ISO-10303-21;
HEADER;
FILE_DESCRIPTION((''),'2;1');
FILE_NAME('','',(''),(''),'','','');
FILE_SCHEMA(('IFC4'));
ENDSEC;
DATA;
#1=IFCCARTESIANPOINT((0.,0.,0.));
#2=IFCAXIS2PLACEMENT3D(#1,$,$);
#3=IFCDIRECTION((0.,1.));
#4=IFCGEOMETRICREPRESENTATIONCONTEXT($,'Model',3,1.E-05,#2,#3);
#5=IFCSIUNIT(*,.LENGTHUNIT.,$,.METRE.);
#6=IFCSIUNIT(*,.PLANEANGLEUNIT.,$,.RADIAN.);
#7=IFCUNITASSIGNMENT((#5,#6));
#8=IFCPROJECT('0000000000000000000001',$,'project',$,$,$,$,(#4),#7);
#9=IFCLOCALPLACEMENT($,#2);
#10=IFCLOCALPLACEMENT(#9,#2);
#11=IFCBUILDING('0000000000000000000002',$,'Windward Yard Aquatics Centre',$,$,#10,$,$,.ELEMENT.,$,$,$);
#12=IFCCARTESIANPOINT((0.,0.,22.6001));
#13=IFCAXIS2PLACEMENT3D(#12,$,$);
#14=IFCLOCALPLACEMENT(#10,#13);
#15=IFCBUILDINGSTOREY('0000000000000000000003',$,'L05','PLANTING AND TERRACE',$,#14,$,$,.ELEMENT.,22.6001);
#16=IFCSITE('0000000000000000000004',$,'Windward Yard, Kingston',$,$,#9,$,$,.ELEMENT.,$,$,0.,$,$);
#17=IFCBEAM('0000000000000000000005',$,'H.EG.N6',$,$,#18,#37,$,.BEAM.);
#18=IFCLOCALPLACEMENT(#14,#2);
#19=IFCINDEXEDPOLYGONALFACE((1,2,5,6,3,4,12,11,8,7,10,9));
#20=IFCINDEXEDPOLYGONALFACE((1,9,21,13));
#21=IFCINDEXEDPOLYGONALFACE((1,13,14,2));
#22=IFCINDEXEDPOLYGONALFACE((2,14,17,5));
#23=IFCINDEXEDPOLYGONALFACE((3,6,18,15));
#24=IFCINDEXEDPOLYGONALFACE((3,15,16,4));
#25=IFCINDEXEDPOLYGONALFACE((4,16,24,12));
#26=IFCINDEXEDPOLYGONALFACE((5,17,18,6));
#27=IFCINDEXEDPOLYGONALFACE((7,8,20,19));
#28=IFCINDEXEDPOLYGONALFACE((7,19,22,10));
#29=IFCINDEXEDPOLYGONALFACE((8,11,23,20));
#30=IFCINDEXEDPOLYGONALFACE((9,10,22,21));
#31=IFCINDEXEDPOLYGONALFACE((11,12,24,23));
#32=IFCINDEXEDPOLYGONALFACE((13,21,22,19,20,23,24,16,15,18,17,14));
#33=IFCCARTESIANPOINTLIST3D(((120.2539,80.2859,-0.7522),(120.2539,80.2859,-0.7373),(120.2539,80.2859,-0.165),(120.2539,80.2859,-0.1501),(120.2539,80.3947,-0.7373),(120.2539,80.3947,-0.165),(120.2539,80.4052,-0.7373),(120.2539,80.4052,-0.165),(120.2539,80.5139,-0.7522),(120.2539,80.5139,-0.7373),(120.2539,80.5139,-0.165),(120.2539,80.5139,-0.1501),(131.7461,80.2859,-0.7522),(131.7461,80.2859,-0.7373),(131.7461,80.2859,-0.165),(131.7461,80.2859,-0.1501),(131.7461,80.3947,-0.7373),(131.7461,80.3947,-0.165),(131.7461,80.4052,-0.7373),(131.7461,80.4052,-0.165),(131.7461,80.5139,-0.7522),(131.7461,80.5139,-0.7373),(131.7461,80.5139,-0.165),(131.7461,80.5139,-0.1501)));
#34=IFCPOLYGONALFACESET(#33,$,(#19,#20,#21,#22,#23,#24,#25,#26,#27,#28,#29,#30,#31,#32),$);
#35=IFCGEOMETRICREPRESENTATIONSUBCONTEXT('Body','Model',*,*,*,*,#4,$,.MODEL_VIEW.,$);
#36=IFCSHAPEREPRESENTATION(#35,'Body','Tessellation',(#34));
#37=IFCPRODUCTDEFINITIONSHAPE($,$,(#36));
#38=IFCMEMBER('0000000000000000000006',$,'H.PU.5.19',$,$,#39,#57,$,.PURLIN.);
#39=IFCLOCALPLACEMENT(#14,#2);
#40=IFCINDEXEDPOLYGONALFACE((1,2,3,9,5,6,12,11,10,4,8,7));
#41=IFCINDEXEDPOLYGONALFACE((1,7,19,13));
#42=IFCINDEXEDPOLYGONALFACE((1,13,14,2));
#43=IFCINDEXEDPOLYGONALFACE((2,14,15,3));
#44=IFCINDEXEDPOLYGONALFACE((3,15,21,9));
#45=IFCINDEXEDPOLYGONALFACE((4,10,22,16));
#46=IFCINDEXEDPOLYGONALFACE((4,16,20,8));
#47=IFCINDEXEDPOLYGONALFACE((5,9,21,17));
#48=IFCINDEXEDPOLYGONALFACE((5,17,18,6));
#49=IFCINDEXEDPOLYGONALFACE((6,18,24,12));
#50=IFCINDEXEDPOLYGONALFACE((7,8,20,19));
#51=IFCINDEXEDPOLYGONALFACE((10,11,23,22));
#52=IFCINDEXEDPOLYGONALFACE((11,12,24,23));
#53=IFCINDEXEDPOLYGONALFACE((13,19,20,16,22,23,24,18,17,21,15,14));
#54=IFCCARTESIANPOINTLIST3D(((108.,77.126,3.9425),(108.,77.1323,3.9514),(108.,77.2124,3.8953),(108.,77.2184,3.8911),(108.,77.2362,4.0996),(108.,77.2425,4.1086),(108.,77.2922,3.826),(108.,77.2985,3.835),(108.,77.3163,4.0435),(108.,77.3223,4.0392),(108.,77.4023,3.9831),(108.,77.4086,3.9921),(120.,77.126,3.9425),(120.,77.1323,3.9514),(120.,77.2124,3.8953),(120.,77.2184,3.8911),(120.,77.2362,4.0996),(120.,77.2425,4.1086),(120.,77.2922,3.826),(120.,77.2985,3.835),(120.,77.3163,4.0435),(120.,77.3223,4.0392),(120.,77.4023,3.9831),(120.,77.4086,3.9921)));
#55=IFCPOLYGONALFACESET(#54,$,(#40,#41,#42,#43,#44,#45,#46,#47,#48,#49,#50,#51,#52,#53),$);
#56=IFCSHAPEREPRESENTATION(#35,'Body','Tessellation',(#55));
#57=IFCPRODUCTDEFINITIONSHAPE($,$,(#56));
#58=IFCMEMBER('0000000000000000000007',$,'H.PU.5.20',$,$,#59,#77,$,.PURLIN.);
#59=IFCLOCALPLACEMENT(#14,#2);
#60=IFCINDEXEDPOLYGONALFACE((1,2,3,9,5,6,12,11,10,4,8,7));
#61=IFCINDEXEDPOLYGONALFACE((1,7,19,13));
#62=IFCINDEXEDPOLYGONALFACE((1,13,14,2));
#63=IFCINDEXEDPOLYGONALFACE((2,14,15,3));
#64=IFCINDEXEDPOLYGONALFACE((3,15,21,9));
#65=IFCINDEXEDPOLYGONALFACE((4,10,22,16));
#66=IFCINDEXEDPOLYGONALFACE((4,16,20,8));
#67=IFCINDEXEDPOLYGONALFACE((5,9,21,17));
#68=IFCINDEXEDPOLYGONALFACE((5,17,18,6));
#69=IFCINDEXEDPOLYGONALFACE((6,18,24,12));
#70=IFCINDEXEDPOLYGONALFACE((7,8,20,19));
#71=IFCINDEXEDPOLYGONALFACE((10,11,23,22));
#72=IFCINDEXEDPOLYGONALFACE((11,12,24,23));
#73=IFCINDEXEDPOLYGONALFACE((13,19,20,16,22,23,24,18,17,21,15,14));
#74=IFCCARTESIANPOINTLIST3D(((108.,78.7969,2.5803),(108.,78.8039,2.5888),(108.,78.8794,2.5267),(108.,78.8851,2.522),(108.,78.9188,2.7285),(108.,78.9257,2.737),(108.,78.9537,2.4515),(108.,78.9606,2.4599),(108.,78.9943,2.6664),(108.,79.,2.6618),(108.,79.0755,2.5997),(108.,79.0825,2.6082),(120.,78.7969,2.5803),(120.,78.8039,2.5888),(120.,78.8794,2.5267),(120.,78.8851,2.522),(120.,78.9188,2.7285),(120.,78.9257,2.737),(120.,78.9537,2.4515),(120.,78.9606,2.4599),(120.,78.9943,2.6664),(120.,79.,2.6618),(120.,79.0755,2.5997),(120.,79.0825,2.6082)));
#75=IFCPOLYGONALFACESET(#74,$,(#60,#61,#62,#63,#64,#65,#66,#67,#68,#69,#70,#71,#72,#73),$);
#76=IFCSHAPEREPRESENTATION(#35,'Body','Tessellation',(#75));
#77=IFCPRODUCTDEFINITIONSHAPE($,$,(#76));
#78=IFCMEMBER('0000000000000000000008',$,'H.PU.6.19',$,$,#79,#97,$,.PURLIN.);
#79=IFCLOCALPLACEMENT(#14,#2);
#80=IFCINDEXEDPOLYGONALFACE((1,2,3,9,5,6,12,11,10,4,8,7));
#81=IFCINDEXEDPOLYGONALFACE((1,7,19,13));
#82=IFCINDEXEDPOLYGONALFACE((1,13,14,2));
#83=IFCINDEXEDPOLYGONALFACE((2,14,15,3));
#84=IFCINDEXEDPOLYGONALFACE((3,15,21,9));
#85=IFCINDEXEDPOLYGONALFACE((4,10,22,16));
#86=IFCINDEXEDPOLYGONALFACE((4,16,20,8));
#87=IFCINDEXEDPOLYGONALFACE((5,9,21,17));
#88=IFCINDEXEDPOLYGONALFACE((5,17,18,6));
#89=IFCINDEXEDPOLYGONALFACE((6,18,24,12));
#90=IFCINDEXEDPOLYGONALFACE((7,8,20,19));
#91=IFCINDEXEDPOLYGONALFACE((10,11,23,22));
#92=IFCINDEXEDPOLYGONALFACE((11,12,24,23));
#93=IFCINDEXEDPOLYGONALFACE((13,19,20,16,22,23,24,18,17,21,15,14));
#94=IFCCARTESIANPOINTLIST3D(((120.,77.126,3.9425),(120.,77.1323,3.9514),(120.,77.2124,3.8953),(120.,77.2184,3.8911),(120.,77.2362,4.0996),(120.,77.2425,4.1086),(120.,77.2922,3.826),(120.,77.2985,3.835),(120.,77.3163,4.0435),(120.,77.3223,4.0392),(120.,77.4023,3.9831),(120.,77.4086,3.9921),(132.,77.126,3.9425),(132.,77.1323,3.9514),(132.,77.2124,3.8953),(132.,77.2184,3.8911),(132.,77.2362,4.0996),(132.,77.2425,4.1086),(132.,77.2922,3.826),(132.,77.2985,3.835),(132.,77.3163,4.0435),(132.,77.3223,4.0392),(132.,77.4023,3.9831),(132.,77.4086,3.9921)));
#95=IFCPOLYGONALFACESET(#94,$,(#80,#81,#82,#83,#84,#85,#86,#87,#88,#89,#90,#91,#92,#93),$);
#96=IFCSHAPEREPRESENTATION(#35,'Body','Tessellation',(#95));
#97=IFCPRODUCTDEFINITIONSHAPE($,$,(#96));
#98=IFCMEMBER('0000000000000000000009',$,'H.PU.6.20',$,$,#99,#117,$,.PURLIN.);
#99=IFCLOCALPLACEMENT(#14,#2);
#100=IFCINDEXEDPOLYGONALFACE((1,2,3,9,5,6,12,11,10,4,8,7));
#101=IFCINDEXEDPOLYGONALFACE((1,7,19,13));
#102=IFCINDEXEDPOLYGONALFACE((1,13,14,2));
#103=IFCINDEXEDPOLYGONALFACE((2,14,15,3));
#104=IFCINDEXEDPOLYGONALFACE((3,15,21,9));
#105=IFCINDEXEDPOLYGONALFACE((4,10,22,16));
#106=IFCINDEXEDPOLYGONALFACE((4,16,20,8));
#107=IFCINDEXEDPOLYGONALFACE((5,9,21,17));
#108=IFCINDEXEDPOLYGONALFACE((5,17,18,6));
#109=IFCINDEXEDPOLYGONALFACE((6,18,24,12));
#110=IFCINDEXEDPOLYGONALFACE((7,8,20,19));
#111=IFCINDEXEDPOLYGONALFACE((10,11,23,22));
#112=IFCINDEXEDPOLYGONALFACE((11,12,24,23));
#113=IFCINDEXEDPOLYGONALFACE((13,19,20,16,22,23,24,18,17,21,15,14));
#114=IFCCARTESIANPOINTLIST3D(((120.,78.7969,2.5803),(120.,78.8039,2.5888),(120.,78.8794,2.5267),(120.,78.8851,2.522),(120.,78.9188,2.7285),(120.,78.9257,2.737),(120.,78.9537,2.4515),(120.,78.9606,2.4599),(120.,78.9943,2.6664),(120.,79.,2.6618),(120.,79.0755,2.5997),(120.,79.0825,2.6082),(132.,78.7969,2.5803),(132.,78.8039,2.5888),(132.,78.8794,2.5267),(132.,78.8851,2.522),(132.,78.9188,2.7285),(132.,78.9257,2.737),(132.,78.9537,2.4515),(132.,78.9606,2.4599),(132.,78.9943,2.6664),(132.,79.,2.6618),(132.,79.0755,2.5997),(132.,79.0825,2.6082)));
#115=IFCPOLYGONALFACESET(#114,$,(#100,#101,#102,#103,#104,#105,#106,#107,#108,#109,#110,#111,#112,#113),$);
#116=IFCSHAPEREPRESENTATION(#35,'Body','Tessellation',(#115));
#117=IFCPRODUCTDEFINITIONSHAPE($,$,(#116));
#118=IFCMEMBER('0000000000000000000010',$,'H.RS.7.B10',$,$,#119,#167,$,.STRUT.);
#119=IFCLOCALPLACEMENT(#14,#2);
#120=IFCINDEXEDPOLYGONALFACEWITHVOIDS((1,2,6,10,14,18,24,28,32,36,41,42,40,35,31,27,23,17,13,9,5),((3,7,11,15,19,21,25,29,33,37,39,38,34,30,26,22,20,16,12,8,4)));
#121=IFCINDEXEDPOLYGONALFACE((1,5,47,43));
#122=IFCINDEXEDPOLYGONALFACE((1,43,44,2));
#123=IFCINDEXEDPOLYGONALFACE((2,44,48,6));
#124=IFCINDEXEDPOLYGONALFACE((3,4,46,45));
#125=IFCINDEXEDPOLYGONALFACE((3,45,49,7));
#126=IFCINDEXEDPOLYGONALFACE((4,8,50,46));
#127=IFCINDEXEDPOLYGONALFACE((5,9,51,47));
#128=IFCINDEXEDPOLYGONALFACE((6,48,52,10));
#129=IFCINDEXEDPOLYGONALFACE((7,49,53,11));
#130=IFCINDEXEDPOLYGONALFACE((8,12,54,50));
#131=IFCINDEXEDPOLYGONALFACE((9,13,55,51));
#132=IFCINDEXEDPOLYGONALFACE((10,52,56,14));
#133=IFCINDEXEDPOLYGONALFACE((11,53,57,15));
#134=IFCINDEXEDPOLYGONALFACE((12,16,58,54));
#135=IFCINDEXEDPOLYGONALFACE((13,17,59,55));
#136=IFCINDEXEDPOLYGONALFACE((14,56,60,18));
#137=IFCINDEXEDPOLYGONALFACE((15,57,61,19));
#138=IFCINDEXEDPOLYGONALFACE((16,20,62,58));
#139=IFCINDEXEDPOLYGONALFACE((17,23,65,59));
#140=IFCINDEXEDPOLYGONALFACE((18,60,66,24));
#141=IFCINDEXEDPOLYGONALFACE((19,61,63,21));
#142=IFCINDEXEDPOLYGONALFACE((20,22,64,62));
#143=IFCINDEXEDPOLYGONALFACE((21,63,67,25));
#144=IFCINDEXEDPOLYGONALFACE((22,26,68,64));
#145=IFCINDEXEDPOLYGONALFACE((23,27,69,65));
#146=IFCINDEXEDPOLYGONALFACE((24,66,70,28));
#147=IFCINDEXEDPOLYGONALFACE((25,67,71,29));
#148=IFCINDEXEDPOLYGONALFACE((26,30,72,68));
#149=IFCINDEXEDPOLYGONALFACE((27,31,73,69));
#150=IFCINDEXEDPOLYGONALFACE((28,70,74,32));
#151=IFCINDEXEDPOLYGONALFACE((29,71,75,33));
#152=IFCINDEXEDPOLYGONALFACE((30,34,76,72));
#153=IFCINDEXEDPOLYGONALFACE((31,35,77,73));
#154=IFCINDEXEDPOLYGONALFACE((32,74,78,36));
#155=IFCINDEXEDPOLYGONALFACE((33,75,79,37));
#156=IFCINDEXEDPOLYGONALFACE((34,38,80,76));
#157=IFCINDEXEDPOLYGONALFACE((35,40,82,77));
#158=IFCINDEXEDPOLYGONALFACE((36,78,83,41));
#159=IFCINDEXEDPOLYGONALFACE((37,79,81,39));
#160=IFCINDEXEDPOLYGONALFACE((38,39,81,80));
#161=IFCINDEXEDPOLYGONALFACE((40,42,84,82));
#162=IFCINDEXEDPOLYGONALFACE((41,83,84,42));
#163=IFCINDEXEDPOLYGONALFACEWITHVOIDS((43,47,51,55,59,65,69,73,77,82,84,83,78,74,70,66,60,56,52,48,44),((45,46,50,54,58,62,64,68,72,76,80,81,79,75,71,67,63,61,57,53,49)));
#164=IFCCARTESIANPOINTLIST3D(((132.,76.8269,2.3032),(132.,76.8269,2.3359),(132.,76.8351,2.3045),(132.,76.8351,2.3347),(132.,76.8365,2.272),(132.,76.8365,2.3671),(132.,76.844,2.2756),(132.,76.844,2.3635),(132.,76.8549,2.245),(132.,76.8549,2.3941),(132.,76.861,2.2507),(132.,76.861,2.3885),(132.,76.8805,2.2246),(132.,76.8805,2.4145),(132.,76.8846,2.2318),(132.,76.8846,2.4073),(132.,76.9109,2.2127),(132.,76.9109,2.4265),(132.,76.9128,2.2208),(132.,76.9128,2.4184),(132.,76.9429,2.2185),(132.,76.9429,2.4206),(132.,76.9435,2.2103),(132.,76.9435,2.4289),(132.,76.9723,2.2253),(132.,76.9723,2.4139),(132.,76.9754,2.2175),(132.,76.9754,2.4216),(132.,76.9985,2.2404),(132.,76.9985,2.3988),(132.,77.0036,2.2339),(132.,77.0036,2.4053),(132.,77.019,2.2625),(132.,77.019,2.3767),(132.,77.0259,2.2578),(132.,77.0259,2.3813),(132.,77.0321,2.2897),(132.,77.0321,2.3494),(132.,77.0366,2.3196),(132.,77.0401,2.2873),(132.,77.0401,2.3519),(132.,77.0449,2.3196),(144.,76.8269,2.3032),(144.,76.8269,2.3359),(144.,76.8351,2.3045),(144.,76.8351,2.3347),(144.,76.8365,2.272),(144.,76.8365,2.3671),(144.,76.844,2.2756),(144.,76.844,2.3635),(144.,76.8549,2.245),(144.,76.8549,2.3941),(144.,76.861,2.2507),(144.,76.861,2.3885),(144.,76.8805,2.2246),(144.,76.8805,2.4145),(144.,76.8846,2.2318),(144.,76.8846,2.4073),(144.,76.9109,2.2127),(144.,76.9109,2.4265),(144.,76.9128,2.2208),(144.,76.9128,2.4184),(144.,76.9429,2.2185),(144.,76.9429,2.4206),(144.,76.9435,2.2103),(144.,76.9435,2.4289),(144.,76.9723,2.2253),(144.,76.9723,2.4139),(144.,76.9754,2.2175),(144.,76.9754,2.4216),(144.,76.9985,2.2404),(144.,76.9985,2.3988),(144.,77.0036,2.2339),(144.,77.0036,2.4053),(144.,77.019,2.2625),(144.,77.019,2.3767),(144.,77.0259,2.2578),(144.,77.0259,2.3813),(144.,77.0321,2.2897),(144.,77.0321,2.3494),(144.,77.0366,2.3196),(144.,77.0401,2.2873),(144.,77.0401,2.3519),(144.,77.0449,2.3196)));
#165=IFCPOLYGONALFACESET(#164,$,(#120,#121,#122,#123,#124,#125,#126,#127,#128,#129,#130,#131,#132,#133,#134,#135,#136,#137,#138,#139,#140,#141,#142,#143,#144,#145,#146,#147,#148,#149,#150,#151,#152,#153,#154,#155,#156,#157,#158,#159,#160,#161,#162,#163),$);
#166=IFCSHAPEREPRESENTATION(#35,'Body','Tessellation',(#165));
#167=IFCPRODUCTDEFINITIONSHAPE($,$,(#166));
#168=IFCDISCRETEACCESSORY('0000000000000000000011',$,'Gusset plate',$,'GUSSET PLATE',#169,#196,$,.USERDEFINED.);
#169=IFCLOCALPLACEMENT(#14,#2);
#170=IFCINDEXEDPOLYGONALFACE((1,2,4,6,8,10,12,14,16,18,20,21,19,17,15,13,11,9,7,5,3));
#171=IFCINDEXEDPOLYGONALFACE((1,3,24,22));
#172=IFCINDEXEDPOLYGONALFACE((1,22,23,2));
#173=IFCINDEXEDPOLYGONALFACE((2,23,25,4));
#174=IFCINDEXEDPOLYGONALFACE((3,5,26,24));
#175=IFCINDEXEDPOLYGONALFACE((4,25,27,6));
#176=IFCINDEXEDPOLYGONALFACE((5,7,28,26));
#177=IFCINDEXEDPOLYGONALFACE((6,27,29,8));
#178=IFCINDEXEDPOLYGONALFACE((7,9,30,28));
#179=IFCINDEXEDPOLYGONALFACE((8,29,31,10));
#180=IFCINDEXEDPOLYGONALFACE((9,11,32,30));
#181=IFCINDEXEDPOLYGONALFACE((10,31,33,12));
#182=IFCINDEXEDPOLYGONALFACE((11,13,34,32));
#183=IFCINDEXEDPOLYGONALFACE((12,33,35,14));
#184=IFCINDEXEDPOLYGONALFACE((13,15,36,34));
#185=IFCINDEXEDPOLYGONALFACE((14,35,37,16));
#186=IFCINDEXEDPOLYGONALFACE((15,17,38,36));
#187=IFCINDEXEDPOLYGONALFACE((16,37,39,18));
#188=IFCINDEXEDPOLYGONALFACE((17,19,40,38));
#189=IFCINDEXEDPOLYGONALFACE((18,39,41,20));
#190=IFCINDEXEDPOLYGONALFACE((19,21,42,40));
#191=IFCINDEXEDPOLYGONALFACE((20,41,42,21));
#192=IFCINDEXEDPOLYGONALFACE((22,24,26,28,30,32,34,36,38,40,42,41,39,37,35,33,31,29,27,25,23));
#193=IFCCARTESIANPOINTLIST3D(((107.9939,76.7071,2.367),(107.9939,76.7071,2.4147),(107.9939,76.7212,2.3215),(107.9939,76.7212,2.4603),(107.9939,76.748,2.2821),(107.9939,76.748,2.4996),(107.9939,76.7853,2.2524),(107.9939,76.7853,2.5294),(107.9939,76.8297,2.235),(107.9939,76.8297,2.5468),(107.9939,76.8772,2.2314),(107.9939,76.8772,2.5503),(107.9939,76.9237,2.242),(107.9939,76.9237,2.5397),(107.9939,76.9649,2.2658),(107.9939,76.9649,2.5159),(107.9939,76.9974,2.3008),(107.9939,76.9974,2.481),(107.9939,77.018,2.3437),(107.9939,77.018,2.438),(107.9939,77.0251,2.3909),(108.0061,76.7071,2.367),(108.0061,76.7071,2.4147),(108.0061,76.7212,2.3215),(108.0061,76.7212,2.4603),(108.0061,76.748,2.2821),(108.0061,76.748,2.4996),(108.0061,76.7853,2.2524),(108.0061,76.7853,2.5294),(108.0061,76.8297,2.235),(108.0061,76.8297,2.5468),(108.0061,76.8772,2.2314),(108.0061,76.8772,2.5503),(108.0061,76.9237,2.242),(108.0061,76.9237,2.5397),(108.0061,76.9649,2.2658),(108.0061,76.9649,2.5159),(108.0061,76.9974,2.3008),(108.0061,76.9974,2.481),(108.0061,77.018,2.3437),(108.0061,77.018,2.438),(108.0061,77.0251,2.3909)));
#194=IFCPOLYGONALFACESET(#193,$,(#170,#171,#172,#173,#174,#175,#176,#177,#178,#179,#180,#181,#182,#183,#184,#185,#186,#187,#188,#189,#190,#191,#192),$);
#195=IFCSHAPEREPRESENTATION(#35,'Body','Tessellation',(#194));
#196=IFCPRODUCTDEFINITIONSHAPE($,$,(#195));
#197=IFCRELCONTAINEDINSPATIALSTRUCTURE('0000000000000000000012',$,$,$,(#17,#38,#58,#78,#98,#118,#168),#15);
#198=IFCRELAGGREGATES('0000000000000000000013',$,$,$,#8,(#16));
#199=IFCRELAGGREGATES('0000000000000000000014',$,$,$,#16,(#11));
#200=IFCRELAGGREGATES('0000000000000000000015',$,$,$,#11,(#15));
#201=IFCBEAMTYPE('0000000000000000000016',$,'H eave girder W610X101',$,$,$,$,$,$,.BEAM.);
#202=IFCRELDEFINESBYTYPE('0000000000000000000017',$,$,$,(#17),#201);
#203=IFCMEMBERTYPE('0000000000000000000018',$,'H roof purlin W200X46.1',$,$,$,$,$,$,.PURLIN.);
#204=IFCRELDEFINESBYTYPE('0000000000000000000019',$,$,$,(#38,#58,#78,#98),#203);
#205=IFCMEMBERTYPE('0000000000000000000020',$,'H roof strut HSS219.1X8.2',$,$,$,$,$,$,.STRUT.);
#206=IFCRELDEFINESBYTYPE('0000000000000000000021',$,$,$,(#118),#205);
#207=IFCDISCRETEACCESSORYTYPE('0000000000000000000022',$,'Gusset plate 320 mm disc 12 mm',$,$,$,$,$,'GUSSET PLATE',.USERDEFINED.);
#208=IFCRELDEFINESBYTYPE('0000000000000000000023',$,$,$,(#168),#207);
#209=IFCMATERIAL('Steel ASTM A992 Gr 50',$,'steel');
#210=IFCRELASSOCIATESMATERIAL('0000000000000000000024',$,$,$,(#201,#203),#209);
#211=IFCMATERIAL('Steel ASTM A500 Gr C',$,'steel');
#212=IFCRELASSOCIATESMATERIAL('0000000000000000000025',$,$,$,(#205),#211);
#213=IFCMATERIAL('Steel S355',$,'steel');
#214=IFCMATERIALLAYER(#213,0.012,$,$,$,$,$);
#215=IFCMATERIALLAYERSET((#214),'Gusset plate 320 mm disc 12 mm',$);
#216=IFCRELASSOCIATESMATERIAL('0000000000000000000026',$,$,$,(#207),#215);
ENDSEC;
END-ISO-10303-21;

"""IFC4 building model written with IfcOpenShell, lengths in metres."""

from ifc_helpers import new_model, si_unit, direction, frame, origin, origin_2d, place, context, subcontext, project, spatial, circle, hollow_circle, i_section, extrude, material, layer, layer_set, material_profile, profile_set, type_object, element, save


model = new_model("IFC4")

# Units and contexts
model_context = context("Model", 3, precision=1e-05, world=origin(), true_north=direction((0.0, 1.0)))
body_context = subcontext(model_context, "Body", "Model", "MODEL_VIEW")
ifc_project = project(units=[si_unit("LENGTHUNIT", "METRE"), si_unit("PLANEANGLEUNIT", "RADIAN")], contexts=[model_context])

# Site, building, storey
site_placement = place(None, origin())
site = spatial("IfcSite", under=ifc_project, at=site_placement, Name="Windward Yard, Kingston", CompositionType="ELEMENT", RefElevation=0.0)
building_placement = place(site_placement, origin())
building = spatial("IfcBuilding", under=site, at=building_placement, Name="Windward Yard Aquatics Centre", CompositionType="ELEMENT")
storey_placement = place(building_placement, frame((0.0, 0.0, 22.6001)))
storey = spatial("IfcBuildingStorey", under=building, at=storey_placement, Name="L05", Description="PLANTING AND TERRACE", CompositionType="ELEMENT", Elevation=22.6001)

# Shared definitions
ifc_material_1 = material(Name="Steel ASTM A500 Gr C", Category="steel")

# Beam
ifc_material_2 = material(Name="Steel ASTM A992 Gr 50", Category="steel")
ifc_material_profile_1 = material_profile(ifc_material_2, i_section(OverallWidth=0.228, OverallDepth=0.6021, WebThickness=0.0105, FlangeThickness=0.0149, at=origin_2d()), Name="W610X101")
ifc_profile_set_1 = profile_set([ifc_material_profile_1], Name="Steel ASTM A992 Gr 50")
beam_type = type_object("IfcBeamType", Name="H eave girder W610X101", PredefinedType="BEAM", material=ifc_profile_set_1)
for number, where, z_axis, x_axis, name in (
    (1, (120.2539, 80.3999, -0.4512), (1.0, 0.0, 0.0), (0.0, 1.0, 0.0), "H.EG.N6"),
):
    element("IfcBeam", number, at=place(storey_placement, frame(where, z_axis=z_axis, x_axis=x_axis)), inside=storey, type_object=beam_type, Name=name, PredefinedType="BEAM", context=body_context, shape_type="SweptSolid", body=[
        extrude(i_section(OverallWidth=0.228, OverallDepth=0.6021, WebThickness=0.0105, FlangeThickness=0.0149, at=origin_2d()), origin(), (0.0, 0.0, 1.0), 11.4922),
    ])

# Members
ifc_material_profile_2 = material_profile(ifc_material_2, i_section(OverallWidth=0.2029, OverallDepth=0.2029, WebThickness=0.0073, FlangeThickness=0.011, at=origin_2d()), Name="W200X46.1")
ifc_profile_set_2 = profile_set([ifc_material_profile_2], Name="Steel ASTM A992 Gr 50")
member_type_1 = type_object("IfcMemberType", Name="H roof purlin W200X46.1", PredefinedType="PURLIN", material=ifc_profile_set_2)
for number, where, z_axis, x_axis, name in (
    (2, (108.0, 77.2673, 3.9673), (1.0, 0.0, 0.0), (0.0, 0.818831, -0.574035), "H.PU.5.19"),
    (3, (108.0, 78.9397, 2.5942), (1.0, 0.0, 0.0), (0.0, 0.772611, -0.63488), "H.PU.5.20"),
    (4, (120.0, 77.2673, 3.9673), (1.0, 0.0, 0.0), (0.0, 0.818831, -0.574035), "H.PU.6.19"),
    (5, (120.0, 78.9397, 2.5942), (1.0, 0.0, 0.0), (0.0, 0.772611, -0.63488), "H.PU.6.20"),
):
    element("IfcMember", number, at=place(storey_placement, frame(where, z_axis=z_axis, x_axis=x_axis)), inside=storey, type_object=member_type_1, Name=name, PredefinedType="PURLIN", context=body_context, shape_type="SweptSolid", body=[
        extrude(i_section(OverallWidth=0.2029, OverallDepth=0.2029, WebThickness=0.0073, FlangeThickness=0.011, at=origin_2d()), origin(), (0.0, 0.0, 1.0), 12.0),
    ])
ifc_material_profile_3 = material_profile(ifc_material_1, hollow_circle(Radius=0.1096, WallThickness=0.0083, at=origin_2d()), Name="HSS219.1X8.2")
ifc_profile_set_3 = profile_set([ifc_material_profile_3], Name="Steel ASTM A500 Gr C")
member_type_2 = type_object("IfcMemberType", Name="H roof strut HSS219.1X8.2", PredefinedType="STRUT", material=ifc_profile_set_3)
member_1_placement = place(storey_placement, frame((132.0, 76.9353, 2.3196), z_axis=(1.0, 0.0, 0.0), x_axis=(0.0, 1.0, 0.0)))
element("IfcMember", 6, at=member_1_placement, inside=storey, type_object=member_type_2, Name="H.RS.7.B10", PredefinedType="STRUT", context=body_context, shape_type="SweptSolid", body=[
    extrude(hollow_circle(Radius=0.1096, WallThickness=0.0083, at=origin_2d()), origin(), (0.0, 0.0, 1.0), 12.0),
])

# Discrete accessory
ifc_material_3 = material(Name="Steel S355", Category="steel")
ifc_layer = layer(ifc_material_3, 0.012)
ifc_layer_set = layer_set([ifc_layer], Name="Gusset plate 320 mm disc 12 mm")
discrete_accessory_type = type_object("IfcDiscreteAccessoryType", Name="Gusset plate 320 mm disc 12 mm", ElementType="GUSSET PLATE", PredefinedType="USERDEFINED", material=ifc_layer_set)
for number, where, z_axis, x_axis, name in (
    (7, (107.9939, 76.8652, 2.3909), (1.0, 0.0, 0.0), (0.0, 1.0, 0.0), "Gusset plate"),
):
    element("IfcDiscreteAccessory", number, at=place(storey_placement, frame(where, z_axis=z_axis, x_axis=x_axis)), inside=storey, type_object=discrete_accessory_type, Name=name, ObjectType="GUSSET PLATE", PredefinedType="USERDEFINED", context=body_context, shape_type="SweptSolid", body=[
        extrude(circle(Radius=0.1599, at=origin_2d()), origin(), (0.0, 0.0, 1.0), 0.0122),
    ])

save(model, "model.ifc")
